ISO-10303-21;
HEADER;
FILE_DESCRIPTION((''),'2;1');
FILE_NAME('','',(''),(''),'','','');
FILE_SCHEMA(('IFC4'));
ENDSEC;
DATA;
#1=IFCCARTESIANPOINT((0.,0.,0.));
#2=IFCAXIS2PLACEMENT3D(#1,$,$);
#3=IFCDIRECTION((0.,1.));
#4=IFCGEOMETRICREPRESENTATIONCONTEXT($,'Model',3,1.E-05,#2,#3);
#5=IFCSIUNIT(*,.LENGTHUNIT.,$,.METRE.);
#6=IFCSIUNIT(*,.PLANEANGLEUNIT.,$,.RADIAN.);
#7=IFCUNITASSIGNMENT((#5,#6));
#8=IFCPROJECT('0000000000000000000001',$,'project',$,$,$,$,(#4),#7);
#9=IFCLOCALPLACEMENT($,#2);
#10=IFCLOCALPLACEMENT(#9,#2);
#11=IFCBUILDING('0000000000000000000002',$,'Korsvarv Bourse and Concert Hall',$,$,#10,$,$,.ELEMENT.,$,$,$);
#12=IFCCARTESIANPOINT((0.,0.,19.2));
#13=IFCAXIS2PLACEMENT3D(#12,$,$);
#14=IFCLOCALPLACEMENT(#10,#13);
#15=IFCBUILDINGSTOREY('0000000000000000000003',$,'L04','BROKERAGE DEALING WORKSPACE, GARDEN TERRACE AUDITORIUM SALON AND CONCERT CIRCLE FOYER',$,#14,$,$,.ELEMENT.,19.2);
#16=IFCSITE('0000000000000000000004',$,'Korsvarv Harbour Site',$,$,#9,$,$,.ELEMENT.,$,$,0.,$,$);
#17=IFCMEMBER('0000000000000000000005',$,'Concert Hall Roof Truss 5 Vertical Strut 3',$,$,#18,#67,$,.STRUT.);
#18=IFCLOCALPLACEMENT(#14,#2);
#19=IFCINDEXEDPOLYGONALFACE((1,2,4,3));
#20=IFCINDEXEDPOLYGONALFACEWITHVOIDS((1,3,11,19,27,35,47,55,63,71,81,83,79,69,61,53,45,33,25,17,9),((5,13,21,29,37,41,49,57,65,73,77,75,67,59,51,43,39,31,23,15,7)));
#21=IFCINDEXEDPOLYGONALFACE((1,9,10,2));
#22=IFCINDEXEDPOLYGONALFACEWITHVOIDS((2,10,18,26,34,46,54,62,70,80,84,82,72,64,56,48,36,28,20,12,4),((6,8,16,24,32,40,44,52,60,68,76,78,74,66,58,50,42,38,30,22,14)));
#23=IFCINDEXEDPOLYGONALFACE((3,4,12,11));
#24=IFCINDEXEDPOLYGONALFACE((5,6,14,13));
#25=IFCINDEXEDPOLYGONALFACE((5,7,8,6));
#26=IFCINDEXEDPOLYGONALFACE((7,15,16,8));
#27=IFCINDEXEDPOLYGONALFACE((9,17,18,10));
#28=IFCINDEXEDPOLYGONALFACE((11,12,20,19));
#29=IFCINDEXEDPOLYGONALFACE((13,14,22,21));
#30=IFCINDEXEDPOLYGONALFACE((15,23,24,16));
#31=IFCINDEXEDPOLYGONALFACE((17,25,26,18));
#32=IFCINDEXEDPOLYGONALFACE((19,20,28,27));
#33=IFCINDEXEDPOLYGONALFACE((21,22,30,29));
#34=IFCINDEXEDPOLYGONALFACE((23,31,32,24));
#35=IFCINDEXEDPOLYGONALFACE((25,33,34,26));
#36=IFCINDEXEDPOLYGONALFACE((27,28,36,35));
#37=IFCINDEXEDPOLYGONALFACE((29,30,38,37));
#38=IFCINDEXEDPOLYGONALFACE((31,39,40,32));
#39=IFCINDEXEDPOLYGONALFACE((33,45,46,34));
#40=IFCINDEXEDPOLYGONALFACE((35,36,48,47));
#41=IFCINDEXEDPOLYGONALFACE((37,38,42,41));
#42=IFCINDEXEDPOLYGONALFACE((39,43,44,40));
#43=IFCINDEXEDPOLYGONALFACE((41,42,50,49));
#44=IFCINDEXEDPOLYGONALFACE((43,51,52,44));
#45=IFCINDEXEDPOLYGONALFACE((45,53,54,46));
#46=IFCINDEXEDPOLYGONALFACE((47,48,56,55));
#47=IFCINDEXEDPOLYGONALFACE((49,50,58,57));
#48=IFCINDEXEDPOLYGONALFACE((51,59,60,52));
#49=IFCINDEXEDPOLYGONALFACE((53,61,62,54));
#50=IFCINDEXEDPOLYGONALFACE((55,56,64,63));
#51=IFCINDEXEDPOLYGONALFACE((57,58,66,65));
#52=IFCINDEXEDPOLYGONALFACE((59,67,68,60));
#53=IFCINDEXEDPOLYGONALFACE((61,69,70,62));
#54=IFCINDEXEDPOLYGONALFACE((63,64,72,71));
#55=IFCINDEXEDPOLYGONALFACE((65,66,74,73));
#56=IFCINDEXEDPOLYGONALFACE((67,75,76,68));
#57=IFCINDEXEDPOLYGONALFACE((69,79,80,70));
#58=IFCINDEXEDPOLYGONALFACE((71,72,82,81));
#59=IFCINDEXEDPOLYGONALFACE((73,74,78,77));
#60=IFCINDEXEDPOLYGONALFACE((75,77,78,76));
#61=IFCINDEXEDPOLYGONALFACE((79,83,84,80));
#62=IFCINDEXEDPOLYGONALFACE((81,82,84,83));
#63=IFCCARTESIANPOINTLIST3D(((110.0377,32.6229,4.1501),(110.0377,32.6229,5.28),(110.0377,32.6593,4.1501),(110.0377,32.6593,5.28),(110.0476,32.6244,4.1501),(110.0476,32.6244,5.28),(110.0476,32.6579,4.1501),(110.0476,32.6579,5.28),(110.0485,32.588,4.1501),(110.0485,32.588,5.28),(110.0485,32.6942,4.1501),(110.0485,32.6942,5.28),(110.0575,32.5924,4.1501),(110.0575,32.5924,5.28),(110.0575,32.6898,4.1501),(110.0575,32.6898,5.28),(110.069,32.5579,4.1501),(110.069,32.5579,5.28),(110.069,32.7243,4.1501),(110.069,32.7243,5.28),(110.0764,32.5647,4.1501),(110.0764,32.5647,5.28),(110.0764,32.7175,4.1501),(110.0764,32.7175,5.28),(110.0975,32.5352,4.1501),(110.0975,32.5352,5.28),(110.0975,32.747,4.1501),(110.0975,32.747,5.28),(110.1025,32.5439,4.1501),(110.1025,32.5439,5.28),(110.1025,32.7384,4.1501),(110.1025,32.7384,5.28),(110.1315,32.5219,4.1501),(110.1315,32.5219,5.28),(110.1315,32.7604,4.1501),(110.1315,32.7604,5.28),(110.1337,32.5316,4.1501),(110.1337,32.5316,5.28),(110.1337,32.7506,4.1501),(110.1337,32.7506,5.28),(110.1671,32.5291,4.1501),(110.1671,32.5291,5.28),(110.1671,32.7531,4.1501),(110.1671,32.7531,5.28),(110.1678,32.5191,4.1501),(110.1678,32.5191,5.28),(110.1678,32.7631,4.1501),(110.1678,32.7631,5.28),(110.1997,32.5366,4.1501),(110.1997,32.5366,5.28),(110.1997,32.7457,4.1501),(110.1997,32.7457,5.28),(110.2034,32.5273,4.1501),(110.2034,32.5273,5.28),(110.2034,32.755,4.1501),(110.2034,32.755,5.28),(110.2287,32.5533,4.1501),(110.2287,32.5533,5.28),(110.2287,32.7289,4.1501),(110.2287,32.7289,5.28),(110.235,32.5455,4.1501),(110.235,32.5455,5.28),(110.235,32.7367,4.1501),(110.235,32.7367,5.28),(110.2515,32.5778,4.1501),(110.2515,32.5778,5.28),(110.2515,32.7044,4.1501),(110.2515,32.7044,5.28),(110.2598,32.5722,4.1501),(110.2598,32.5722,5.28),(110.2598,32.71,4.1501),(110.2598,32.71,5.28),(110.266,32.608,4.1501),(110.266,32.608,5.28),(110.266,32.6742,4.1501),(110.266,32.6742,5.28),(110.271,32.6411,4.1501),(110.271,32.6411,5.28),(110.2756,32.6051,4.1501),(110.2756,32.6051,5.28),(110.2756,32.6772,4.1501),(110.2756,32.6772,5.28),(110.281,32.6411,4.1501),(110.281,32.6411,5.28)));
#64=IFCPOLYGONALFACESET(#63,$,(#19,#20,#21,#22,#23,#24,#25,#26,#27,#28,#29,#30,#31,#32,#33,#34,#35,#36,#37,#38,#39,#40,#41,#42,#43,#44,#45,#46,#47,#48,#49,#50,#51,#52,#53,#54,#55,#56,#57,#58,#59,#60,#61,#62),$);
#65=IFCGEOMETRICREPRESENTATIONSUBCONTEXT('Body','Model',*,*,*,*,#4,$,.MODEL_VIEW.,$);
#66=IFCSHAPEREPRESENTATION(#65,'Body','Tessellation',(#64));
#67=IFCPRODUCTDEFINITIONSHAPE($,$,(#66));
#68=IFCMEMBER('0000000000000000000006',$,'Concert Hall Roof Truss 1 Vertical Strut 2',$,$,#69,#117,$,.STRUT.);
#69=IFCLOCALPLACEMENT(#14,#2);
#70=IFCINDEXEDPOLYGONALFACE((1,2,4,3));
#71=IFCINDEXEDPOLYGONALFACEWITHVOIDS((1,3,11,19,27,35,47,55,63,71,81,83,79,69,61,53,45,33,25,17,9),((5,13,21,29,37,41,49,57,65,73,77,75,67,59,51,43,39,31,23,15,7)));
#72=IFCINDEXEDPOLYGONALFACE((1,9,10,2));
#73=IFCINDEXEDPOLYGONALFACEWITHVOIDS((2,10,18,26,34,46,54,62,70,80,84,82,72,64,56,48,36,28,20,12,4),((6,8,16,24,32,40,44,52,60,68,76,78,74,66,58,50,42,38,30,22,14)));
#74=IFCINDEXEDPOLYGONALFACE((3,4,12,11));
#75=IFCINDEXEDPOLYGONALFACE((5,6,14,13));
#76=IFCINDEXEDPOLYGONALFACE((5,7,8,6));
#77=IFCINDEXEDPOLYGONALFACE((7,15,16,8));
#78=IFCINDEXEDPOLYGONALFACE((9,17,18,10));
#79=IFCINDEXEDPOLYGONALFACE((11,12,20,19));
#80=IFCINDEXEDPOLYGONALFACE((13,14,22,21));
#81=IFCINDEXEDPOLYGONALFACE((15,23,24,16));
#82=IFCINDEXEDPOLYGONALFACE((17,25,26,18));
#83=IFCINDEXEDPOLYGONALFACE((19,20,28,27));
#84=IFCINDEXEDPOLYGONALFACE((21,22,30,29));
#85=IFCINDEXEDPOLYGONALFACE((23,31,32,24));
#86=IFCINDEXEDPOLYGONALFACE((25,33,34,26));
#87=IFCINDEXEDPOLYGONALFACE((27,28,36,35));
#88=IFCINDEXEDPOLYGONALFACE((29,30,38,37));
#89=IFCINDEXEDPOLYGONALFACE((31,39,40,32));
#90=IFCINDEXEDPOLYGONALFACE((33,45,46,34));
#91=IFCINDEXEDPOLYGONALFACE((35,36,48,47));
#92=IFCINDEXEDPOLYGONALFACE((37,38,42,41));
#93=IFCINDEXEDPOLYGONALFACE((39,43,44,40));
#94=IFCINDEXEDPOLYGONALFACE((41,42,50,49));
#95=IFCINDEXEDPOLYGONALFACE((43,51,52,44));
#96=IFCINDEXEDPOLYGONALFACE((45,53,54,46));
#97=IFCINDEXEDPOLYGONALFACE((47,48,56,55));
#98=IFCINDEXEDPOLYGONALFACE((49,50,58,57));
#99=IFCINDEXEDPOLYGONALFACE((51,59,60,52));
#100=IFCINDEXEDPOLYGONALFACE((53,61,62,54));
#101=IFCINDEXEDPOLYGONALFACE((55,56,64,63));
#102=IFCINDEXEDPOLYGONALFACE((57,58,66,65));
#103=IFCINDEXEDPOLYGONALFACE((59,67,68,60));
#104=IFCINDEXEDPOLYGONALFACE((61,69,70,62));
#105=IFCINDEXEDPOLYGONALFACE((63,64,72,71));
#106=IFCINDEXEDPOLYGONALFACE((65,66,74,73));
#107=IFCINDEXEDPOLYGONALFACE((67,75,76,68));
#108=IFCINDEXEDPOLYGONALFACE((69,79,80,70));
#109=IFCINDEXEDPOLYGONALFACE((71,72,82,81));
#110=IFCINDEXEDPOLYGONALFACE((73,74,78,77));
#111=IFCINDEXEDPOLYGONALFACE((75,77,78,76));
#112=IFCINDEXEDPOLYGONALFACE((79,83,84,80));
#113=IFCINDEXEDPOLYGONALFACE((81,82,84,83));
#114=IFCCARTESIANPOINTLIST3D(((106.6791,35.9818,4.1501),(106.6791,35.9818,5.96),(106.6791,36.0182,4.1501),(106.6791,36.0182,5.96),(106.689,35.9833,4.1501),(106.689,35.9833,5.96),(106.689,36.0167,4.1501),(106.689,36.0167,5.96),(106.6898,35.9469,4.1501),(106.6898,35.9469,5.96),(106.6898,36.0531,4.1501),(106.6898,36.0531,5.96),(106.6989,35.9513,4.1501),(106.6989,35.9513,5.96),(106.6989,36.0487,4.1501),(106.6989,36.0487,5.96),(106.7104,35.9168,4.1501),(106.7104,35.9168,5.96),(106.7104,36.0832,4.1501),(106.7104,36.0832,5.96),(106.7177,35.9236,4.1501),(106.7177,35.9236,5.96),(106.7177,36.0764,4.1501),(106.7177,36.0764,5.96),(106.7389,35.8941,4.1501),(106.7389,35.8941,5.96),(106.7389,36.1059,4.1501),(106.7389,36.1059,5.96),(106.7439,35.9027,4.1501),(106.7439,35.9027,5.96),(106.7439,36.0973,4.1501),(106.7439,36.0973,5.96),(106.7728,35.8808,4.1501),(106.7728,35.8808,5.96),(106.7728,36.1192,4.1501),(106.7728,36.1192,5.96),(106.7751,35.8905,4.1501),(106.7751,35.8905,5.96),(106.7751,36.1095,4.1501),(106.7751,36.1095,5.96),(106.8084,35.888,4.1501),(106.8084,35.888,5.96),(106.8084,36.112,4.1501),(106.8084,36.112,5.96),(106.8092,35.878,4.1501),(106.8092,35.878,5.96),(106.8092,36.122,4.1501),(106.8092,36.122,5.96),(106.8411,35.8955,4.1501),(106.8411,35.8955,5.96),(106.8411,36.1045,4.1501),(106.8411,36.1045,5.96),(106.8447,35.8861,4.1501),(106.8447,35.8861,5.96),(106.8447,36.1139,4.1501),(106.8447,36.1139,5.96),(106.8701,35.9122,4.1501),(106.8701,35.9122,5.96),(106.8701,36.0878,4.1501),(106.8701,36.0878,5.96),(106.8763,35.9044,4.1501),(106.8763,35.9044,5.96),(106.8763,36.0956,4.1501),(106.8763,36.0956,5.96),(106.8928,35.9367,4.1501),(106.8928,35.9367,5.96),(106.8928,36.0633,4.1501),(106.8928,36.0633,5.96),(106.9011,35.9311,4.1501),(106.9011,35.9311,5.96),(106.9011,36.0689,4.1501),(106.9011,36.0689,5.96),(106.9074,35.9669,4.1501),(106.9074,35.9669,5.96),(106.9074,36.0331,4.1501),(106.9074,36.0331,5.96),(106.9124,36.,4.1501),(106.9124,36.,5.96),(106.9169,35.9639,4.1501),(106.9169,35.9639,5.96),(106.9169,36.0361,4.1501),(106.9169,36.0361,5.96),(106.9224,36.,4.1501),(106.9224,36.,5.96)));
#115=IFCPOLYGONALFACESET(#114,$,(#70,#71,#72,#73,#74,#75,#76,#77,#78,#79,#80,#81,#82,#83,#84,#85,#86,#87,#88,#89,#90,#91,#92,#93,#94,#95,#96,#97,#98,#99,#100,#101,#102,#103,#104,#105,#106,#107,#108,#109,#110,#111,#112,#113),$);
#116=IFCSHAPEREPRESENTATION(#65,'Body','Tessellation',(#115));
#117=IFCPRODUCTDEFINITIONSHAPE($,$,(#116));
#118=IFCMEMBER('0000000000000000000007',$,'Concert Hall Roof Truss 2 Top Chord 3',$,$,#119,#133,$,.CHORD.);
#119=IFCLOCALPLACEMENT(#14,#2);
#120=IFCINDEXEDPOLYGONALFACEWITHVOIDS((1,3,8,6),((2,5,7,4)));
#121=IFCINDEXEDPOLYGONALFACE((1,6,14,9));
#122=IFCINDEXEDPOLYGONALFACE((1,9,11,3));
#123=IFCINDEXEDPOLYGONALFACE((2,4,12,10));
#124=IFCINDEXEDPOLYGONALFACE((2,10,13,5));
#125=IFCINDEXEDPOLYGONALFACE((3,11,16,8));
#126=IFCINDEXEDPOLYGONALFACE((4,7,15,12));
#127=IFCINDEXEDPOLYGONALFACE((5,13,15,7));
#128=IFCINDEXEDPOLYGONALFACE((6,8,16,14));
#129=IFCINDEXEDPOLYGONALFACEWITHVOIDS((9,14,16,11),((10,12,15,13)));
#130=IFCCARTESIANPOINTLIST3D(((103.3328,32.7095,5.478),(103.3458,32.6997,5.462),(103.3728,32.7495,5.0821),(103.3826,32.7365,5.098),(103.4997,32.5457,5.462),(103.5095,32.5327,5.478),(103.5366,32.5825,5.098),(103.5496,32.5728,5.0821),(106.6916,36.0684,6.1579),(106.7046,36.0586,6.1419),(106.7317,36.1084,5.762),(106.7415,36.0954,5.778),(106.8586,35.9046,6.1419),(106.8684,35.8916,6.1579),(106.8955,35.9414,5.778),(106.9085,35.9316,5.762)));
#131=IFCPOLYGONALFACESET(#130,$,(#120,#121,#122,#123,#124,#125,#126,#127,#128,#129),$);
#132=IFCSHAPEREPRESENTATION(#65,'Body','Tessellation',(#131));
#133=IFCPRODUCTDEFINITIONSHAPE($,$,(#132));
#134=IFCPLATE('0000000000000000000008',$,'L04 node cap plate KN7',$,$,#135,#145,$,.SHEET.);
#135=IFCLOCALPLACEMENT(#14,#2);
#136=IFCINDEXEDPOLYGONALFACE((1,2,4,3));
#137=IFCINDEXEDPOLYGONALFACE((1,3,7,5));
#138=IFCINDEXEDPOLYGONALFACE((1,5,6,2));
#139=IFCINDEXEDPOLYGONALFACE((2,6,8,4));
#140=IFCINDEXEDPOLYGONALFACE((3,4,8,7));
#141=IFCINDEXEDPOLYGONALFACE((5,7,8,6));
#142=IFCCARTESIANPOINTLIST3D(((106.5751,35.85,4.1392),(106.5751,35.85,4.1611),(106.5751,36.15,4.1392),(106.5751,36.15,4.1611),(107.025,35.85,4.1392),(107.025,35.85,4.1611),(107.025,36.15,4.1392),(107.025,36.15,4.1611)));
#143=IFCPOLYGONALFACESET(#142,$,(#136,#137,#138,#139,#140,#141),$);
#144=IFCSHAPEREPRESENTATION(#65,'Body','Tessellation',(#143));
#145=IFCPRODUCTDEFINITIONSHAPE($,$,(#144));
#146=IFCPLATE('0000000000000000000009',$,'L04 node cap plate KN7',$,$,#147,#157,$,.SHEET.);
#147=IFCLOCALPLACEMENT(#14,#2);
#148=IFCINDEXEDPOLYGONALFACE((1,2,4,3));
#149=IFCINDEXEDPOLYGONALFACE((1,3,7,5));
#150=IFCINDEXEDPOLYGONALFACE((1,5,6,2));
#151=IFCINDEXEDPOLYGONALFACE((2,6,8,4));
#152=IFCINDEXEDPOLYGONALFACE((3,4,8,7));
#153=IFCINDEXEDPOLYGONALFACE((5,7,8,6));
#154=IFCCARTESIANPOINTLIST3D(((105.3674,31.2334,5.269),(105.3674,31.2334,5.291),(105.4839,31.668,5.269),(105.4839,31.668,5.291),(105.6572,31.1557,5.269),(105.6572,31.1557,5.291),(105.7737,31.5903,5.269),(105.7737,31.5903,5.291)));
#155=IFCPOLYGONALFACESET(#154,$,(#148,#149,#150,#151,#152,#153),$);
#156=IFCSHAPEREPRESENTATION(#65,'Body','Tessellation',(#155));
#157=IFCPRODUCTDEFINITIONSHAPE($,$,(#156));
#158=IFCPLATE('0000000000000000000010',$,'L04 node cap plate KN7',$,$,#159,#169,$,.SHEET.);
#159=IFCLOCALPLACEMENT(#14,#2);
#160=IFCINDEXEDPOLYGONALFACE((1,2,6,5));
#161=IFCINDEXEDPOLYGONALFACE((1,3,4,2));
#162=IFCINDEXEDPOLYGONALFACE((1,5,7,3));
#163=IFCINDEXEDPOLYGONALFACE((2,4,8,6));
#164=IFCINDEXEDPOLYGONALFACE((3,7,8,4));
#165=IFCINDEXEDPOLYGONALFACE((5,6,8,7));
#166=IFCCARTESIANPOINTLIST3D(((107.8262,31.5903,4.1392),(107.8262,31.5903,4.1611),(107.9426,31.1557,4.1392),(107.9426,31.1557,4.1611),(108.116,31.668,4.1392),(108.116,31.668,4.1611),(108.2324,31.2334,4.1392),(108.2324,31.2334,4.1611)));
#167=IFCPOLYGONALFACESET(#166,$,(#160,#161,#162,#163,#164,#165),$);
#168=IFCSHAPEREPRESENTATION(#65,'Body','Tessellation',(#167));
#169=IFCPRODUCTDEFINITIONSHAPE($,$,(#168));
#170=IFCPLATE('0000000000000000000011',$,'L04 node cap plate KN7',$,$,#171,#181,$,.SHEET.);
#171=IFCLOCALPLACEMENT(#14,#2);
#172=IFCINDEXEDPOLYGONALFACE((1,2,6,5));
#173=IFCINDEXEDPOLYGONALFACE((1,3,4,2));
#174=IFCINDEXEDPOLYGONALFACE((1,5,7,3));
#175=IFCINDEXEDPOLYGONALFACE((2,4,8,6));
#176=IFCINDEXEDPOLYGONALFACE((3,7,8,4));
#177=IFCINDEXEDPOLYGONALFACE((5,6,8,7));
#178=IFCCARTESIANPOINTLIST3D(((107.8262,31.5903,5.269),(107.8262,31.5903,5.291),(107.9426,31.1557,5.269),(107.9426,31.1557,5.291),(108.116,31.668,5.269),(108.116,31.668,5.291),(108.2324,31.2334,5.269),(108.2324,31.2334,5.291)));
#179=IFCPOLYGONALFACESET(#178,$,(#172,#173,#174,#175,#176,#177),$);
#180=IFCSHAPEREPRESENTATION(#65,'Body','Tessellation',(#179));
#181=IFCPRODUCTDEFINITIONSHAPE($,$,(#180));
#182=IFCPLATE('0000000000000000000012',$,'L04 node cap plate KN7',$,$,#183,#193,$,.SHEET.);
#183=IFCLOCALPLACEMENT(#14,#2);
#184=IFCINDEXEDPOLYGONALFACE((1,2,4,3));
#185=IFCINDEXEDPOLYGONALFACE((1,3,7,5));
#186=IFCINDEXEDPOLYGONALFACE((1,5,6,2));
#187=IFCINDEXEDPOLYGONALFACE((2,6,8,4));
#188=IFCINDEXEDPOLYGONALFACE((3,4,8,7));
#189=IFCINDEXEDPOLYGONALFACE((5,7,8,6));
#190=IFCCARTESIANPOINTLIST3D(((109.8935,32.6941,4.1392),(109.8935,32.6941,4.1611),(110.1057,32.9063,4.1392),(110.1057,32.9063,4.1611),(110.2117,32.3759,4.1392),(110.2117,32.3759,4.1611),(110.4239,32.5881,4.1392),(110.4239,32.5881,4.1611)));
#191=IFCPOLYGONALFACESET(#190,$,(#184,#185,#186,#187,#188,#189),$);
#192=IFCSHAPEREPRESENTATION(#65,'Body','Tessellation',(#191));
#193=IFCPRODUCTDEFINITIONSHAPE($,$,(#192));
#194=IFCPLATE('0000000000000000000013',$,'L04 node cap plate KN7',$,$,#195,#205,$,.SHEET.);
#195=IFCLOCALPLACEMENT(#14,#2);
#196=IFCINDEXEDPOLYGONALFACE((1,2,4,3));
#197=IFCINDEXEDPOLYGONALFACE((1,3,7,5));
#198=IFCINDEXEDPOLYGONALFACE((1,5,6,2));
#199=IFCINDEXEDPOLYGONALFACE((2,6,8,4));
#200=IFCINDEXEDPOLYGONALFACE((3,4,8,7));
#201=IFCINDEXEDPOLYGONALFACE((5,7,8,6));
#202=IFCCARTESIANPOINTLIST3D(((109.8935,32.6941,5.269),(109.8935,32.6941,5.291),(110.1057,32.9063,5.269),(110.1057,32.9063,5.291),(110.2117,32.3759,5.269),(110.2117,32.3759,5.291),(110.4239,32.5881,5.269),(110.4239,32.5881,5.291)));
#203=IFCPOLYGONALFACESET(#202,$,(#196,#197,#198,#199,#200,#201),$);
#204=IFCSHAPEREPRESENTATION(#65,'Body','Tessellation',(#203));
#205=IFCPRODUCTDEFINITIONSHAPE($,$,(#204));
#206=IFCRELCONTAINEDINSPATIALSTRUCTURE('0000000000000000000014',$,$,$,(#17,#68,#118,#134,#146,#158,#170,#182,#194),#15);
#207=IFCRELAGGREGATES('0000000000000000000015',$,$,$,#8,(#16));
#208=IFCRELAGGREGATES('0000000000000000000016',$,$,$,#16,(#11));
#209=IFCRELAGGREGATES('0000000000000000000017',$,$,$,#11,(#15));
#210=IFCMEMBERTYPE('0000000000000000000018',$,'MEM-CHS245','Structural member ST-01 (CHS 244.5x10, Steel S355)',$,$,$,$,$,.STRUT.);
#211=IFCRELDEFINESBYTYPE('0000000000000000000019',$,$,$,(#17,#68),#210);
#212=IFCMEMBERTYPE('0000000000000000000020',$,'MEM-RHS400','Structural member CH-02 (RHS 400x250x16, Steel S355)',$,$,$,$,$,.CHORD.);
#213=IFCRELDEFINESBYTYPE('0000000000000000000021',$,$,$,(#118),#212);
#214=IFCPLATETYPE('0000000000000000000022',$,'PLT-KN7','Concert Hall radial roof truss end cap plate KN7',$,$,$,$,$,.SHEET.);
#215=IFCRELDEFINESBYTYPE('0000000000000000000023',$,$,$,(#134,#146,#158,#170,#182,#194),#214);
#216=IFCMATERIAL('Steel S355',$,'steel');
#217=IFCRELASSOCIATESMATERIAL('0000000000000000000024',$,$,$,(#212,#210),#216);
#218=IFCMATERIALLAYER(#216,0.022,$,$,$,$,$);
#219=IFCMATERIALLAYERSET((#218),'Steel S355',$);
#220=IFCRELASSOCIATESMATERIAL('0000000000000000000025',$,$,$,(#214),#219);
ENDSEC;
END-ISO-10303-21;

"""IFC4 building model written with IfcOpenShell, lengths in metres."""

from ifc_helpers import new_model, si_unit, direction, frame, origin, origin_2d, place, context, subcontext, project, spatial, rectangle, hollow_rectangle, hollow_circle, extrude, source, transform, mapped, material, layer, layer_set, material_profile, profile_set, type_object, element, save


model = new_model("IFC4")

# Units and contexts
model_context = context("Model", 3, precision=1e-05, world=origin(), true_north=direction((0.0, 1.0)))
body_context = subcontext(model_context, "Body", "Model", "MODEL_VIEW")
ifc_project = project(units=[si_unit("LENGTHUNIT", "METRE"), si_unit("PLANEANGLEUNIT", "RADIAN")], contexts=[model_context])

# Site, building, storey
site_placement = place(None, origin())
site = spatial("IfcSite", under=ifc_project, at=site_placement, Name="Korsvarv Harbour Site", CompositionType="ELEMENT", RefElevation=0.0)
building_placement = place(site_placement, origin())
building = spatial("IfcBuilding", under=site, at=building_placement, Name="Korsvarv Bourse and Concert Hall", CompositionType="ELEMENT")
storey_placement = place(building_placement, frame((0.0, 0.0, 19.2)))
storey = spatial("IfcBuildingStorey", under=building, at=storey_placement, Name="L04", Description="BROKERAGE DEALING WORKSPACE, GARDEN TERRACE AUDITORIUM SALON AND CONCERT CIRCLE FOYER", CompositionType="ELEMENT", Elevation=19.2)

# Members
ifc_material = material(Name="Steel S355", Category="steel")
ifc_material_profile_1 = material_profile(ifc_material, hollow_rectangle(XDim=0.25, YDim=0.3999, WallThickness=0.0161, at=origin_2d()), Name="RHS 400x250x16")
ifc_profile_set_1 = profile_set([ifc_material_profile_1], Name="Steel S355")
member_type_1 = type_object("IfcMemberType", Name="MEM-RHS400", Description="Structural member CH-02 (RHS 400x250x16, Steel S355)", PredefinedType="CHORD", material=ifc_profile_set_1)
ifc_material_profile_2 = material_profile(ifc_material, hollow_circle(Radius=0.1223, WallThickness=0.01, at=origin_2d()), Name="CHS 244.5x10")
ifc_profile_set_2 = profile_set([ifc_material_profile_2], Name="Steel S355")
member_type_2 = type_object("IfcMemberType", Name="MEM-CHS245", Description="Structural member ST-01 (CHS 244.5x10, Steel S355)", PredefinedType="STRUT", material=ifc_profile_set_2)
shared_shape_1 = source(origin(), body_context, "Body", "SweptSolid", [
    extrude(hollow_circle(Radius=0.1223, WallThickness=0.01, at=origin_2d()), origin(), (0.0, 0.0, 1.0), 1.1299),
])
for number, where, z_axis, x_axis, name in (
    (1, (110.1587, 32.6411, 4.1501), (0.0, 0.0, 1.0), (1.0, 0.0, 0.0), "Concert Hall Roof Truss 5 Vertical Strut 3"),
):
    element("IfcMember", number, at=place(storey_placement, frame(where, z_axis=z_axis, x_axis=x_axis)), inside=storey, type_object=member_type_2, Name=name, PredefinedType="STRUT", context=body_context, shape_type="MappedRepresentation", body=[
        mapped(shared_shape_1, transform((0.0, 0.0, 0.0), scale=1.0)),
    ])
shared_shape_2 = source(origin(), body_context, "Body", "SweptSolid", [
    extrude(hollow_circle(Radius=0.1223, WallThickness=0.01, at=origin_2d()), origin(), (0.0, 0.0, 1.0), 1.8098),
])
member_1_placement = place(storey_placement, frame((106.8, 36.0, 4.1501), z_axis=(0.0, 0.0, 1.0), x_axis=(1.0, 0.0, 0.0)))
element("IfcMember", 2, at=member_1_placement, inside=storey, type_object=member_type_2, Name="Concert Hall Roof Truss 1 Vertical Strut 2", PredefinedType="STRUT", context=body_context, shape_type="MappedRepresentation", body=[
    mapped(shared_shape_2, transform((0.0, 0.0, 0.0), scale=1.0)),
])
shared_shape_3 = source(origin(), body_context, "Body", "SweptSolid", [
    extrude(hollow_rectangle(XDim=0.25, YDim=0.3999, WallThickness=0.0161, at=origin_2d()), origin(), (0.0, 0.0, 1.0), 4.7986),
])
member_2_placement = place(storey_placement, frame((106.8, 36.0, 5.96), z_axis=(-0.699972, -0.699972, -0.141694), x_axis=(0.707107, -0.707107, 0.0)))
element("IfcMember", 3, at=member_2_placement, inside=storey, type_object=member_type_1, Name="Concert Hall Roof Truss 2 Top Chord 3", PredefinedType="CHORD", context=body_context, shape_type="MappedRepresentation", body=[
    mapped(shared_shape_3, transform((0.0, 0.0, 0.0), scale=1.0)),
])

# Plates
ifc_layer = layer(ifc_material, 0.022)
ifc_layer_set = layer_set([ifc_layer], Name="Steel S355")
plate_type = type_object("IfcPlateType", Name="PLT-KN7", Description="Concert Hall radial roof truss end cap plate KN7", PredefinedType="SHEET", material=ifc_layer_set)
shared_shape_4 = source(origin(), body_context, "Body", "SweptSolid", [
    extrude(rectangle(XDim=0.45, YDim=0.3, at=origin_2d()), origin(), (0.0, 0.0, 1.0), 0.022),
])
for number, where, z_axis, x_axis, name in (
    (4, (106.8, 36.0, 4.1392), (0.0, 0.0, 1.0), (1.0, 0.0, 0.0), "L04 node cap plate KN7"),
    (5, (105.5706, 31.4119, 5.269), (0.0, 0.0, 1.0), (0.258819, 0.965926, 0.0), "L04 node cap plate KN7"),
    (6, (108.0293, 31.4119, 4.1392), (0.0, 0.0, 1.0), (-0.258819, 0.965926, 0.0), "L04 node cap plate KN7"),
    (7, (108.0293, 31.4119, 5.269), (0.0, 0.0, 1.0), (-0.258819, 0.965926, 0.0), "L04 node cap plate KN7"),
    (8, (110.1587, 32.6411, 4.1392), (0.0, 0.0, 1.0), (-0.707107, 0.707107, 0.0), "L04 node cap plate KN7"),
    (9, (110.1587, 32.6411, 5.269), (0.0, 0.0, 1.0), (-0.707107, 0.707107, 0.0), "L04 node cap plate KN7"),
):
    element("IfcPlate", number, at=place(storey_placement, frame(where, z_axis=z_axis, x_axis=x_axis)), inside=storey, type_object=plate_type, Name=name, PredefinedType="SHEET", context=body_context, shape_type="MappedRepresentation", body=[
        mapped(shared_shape_4, transform((0.0, 0.0, 0.0), scale=1.0)),
    ])

save(model, "model.ifc")
